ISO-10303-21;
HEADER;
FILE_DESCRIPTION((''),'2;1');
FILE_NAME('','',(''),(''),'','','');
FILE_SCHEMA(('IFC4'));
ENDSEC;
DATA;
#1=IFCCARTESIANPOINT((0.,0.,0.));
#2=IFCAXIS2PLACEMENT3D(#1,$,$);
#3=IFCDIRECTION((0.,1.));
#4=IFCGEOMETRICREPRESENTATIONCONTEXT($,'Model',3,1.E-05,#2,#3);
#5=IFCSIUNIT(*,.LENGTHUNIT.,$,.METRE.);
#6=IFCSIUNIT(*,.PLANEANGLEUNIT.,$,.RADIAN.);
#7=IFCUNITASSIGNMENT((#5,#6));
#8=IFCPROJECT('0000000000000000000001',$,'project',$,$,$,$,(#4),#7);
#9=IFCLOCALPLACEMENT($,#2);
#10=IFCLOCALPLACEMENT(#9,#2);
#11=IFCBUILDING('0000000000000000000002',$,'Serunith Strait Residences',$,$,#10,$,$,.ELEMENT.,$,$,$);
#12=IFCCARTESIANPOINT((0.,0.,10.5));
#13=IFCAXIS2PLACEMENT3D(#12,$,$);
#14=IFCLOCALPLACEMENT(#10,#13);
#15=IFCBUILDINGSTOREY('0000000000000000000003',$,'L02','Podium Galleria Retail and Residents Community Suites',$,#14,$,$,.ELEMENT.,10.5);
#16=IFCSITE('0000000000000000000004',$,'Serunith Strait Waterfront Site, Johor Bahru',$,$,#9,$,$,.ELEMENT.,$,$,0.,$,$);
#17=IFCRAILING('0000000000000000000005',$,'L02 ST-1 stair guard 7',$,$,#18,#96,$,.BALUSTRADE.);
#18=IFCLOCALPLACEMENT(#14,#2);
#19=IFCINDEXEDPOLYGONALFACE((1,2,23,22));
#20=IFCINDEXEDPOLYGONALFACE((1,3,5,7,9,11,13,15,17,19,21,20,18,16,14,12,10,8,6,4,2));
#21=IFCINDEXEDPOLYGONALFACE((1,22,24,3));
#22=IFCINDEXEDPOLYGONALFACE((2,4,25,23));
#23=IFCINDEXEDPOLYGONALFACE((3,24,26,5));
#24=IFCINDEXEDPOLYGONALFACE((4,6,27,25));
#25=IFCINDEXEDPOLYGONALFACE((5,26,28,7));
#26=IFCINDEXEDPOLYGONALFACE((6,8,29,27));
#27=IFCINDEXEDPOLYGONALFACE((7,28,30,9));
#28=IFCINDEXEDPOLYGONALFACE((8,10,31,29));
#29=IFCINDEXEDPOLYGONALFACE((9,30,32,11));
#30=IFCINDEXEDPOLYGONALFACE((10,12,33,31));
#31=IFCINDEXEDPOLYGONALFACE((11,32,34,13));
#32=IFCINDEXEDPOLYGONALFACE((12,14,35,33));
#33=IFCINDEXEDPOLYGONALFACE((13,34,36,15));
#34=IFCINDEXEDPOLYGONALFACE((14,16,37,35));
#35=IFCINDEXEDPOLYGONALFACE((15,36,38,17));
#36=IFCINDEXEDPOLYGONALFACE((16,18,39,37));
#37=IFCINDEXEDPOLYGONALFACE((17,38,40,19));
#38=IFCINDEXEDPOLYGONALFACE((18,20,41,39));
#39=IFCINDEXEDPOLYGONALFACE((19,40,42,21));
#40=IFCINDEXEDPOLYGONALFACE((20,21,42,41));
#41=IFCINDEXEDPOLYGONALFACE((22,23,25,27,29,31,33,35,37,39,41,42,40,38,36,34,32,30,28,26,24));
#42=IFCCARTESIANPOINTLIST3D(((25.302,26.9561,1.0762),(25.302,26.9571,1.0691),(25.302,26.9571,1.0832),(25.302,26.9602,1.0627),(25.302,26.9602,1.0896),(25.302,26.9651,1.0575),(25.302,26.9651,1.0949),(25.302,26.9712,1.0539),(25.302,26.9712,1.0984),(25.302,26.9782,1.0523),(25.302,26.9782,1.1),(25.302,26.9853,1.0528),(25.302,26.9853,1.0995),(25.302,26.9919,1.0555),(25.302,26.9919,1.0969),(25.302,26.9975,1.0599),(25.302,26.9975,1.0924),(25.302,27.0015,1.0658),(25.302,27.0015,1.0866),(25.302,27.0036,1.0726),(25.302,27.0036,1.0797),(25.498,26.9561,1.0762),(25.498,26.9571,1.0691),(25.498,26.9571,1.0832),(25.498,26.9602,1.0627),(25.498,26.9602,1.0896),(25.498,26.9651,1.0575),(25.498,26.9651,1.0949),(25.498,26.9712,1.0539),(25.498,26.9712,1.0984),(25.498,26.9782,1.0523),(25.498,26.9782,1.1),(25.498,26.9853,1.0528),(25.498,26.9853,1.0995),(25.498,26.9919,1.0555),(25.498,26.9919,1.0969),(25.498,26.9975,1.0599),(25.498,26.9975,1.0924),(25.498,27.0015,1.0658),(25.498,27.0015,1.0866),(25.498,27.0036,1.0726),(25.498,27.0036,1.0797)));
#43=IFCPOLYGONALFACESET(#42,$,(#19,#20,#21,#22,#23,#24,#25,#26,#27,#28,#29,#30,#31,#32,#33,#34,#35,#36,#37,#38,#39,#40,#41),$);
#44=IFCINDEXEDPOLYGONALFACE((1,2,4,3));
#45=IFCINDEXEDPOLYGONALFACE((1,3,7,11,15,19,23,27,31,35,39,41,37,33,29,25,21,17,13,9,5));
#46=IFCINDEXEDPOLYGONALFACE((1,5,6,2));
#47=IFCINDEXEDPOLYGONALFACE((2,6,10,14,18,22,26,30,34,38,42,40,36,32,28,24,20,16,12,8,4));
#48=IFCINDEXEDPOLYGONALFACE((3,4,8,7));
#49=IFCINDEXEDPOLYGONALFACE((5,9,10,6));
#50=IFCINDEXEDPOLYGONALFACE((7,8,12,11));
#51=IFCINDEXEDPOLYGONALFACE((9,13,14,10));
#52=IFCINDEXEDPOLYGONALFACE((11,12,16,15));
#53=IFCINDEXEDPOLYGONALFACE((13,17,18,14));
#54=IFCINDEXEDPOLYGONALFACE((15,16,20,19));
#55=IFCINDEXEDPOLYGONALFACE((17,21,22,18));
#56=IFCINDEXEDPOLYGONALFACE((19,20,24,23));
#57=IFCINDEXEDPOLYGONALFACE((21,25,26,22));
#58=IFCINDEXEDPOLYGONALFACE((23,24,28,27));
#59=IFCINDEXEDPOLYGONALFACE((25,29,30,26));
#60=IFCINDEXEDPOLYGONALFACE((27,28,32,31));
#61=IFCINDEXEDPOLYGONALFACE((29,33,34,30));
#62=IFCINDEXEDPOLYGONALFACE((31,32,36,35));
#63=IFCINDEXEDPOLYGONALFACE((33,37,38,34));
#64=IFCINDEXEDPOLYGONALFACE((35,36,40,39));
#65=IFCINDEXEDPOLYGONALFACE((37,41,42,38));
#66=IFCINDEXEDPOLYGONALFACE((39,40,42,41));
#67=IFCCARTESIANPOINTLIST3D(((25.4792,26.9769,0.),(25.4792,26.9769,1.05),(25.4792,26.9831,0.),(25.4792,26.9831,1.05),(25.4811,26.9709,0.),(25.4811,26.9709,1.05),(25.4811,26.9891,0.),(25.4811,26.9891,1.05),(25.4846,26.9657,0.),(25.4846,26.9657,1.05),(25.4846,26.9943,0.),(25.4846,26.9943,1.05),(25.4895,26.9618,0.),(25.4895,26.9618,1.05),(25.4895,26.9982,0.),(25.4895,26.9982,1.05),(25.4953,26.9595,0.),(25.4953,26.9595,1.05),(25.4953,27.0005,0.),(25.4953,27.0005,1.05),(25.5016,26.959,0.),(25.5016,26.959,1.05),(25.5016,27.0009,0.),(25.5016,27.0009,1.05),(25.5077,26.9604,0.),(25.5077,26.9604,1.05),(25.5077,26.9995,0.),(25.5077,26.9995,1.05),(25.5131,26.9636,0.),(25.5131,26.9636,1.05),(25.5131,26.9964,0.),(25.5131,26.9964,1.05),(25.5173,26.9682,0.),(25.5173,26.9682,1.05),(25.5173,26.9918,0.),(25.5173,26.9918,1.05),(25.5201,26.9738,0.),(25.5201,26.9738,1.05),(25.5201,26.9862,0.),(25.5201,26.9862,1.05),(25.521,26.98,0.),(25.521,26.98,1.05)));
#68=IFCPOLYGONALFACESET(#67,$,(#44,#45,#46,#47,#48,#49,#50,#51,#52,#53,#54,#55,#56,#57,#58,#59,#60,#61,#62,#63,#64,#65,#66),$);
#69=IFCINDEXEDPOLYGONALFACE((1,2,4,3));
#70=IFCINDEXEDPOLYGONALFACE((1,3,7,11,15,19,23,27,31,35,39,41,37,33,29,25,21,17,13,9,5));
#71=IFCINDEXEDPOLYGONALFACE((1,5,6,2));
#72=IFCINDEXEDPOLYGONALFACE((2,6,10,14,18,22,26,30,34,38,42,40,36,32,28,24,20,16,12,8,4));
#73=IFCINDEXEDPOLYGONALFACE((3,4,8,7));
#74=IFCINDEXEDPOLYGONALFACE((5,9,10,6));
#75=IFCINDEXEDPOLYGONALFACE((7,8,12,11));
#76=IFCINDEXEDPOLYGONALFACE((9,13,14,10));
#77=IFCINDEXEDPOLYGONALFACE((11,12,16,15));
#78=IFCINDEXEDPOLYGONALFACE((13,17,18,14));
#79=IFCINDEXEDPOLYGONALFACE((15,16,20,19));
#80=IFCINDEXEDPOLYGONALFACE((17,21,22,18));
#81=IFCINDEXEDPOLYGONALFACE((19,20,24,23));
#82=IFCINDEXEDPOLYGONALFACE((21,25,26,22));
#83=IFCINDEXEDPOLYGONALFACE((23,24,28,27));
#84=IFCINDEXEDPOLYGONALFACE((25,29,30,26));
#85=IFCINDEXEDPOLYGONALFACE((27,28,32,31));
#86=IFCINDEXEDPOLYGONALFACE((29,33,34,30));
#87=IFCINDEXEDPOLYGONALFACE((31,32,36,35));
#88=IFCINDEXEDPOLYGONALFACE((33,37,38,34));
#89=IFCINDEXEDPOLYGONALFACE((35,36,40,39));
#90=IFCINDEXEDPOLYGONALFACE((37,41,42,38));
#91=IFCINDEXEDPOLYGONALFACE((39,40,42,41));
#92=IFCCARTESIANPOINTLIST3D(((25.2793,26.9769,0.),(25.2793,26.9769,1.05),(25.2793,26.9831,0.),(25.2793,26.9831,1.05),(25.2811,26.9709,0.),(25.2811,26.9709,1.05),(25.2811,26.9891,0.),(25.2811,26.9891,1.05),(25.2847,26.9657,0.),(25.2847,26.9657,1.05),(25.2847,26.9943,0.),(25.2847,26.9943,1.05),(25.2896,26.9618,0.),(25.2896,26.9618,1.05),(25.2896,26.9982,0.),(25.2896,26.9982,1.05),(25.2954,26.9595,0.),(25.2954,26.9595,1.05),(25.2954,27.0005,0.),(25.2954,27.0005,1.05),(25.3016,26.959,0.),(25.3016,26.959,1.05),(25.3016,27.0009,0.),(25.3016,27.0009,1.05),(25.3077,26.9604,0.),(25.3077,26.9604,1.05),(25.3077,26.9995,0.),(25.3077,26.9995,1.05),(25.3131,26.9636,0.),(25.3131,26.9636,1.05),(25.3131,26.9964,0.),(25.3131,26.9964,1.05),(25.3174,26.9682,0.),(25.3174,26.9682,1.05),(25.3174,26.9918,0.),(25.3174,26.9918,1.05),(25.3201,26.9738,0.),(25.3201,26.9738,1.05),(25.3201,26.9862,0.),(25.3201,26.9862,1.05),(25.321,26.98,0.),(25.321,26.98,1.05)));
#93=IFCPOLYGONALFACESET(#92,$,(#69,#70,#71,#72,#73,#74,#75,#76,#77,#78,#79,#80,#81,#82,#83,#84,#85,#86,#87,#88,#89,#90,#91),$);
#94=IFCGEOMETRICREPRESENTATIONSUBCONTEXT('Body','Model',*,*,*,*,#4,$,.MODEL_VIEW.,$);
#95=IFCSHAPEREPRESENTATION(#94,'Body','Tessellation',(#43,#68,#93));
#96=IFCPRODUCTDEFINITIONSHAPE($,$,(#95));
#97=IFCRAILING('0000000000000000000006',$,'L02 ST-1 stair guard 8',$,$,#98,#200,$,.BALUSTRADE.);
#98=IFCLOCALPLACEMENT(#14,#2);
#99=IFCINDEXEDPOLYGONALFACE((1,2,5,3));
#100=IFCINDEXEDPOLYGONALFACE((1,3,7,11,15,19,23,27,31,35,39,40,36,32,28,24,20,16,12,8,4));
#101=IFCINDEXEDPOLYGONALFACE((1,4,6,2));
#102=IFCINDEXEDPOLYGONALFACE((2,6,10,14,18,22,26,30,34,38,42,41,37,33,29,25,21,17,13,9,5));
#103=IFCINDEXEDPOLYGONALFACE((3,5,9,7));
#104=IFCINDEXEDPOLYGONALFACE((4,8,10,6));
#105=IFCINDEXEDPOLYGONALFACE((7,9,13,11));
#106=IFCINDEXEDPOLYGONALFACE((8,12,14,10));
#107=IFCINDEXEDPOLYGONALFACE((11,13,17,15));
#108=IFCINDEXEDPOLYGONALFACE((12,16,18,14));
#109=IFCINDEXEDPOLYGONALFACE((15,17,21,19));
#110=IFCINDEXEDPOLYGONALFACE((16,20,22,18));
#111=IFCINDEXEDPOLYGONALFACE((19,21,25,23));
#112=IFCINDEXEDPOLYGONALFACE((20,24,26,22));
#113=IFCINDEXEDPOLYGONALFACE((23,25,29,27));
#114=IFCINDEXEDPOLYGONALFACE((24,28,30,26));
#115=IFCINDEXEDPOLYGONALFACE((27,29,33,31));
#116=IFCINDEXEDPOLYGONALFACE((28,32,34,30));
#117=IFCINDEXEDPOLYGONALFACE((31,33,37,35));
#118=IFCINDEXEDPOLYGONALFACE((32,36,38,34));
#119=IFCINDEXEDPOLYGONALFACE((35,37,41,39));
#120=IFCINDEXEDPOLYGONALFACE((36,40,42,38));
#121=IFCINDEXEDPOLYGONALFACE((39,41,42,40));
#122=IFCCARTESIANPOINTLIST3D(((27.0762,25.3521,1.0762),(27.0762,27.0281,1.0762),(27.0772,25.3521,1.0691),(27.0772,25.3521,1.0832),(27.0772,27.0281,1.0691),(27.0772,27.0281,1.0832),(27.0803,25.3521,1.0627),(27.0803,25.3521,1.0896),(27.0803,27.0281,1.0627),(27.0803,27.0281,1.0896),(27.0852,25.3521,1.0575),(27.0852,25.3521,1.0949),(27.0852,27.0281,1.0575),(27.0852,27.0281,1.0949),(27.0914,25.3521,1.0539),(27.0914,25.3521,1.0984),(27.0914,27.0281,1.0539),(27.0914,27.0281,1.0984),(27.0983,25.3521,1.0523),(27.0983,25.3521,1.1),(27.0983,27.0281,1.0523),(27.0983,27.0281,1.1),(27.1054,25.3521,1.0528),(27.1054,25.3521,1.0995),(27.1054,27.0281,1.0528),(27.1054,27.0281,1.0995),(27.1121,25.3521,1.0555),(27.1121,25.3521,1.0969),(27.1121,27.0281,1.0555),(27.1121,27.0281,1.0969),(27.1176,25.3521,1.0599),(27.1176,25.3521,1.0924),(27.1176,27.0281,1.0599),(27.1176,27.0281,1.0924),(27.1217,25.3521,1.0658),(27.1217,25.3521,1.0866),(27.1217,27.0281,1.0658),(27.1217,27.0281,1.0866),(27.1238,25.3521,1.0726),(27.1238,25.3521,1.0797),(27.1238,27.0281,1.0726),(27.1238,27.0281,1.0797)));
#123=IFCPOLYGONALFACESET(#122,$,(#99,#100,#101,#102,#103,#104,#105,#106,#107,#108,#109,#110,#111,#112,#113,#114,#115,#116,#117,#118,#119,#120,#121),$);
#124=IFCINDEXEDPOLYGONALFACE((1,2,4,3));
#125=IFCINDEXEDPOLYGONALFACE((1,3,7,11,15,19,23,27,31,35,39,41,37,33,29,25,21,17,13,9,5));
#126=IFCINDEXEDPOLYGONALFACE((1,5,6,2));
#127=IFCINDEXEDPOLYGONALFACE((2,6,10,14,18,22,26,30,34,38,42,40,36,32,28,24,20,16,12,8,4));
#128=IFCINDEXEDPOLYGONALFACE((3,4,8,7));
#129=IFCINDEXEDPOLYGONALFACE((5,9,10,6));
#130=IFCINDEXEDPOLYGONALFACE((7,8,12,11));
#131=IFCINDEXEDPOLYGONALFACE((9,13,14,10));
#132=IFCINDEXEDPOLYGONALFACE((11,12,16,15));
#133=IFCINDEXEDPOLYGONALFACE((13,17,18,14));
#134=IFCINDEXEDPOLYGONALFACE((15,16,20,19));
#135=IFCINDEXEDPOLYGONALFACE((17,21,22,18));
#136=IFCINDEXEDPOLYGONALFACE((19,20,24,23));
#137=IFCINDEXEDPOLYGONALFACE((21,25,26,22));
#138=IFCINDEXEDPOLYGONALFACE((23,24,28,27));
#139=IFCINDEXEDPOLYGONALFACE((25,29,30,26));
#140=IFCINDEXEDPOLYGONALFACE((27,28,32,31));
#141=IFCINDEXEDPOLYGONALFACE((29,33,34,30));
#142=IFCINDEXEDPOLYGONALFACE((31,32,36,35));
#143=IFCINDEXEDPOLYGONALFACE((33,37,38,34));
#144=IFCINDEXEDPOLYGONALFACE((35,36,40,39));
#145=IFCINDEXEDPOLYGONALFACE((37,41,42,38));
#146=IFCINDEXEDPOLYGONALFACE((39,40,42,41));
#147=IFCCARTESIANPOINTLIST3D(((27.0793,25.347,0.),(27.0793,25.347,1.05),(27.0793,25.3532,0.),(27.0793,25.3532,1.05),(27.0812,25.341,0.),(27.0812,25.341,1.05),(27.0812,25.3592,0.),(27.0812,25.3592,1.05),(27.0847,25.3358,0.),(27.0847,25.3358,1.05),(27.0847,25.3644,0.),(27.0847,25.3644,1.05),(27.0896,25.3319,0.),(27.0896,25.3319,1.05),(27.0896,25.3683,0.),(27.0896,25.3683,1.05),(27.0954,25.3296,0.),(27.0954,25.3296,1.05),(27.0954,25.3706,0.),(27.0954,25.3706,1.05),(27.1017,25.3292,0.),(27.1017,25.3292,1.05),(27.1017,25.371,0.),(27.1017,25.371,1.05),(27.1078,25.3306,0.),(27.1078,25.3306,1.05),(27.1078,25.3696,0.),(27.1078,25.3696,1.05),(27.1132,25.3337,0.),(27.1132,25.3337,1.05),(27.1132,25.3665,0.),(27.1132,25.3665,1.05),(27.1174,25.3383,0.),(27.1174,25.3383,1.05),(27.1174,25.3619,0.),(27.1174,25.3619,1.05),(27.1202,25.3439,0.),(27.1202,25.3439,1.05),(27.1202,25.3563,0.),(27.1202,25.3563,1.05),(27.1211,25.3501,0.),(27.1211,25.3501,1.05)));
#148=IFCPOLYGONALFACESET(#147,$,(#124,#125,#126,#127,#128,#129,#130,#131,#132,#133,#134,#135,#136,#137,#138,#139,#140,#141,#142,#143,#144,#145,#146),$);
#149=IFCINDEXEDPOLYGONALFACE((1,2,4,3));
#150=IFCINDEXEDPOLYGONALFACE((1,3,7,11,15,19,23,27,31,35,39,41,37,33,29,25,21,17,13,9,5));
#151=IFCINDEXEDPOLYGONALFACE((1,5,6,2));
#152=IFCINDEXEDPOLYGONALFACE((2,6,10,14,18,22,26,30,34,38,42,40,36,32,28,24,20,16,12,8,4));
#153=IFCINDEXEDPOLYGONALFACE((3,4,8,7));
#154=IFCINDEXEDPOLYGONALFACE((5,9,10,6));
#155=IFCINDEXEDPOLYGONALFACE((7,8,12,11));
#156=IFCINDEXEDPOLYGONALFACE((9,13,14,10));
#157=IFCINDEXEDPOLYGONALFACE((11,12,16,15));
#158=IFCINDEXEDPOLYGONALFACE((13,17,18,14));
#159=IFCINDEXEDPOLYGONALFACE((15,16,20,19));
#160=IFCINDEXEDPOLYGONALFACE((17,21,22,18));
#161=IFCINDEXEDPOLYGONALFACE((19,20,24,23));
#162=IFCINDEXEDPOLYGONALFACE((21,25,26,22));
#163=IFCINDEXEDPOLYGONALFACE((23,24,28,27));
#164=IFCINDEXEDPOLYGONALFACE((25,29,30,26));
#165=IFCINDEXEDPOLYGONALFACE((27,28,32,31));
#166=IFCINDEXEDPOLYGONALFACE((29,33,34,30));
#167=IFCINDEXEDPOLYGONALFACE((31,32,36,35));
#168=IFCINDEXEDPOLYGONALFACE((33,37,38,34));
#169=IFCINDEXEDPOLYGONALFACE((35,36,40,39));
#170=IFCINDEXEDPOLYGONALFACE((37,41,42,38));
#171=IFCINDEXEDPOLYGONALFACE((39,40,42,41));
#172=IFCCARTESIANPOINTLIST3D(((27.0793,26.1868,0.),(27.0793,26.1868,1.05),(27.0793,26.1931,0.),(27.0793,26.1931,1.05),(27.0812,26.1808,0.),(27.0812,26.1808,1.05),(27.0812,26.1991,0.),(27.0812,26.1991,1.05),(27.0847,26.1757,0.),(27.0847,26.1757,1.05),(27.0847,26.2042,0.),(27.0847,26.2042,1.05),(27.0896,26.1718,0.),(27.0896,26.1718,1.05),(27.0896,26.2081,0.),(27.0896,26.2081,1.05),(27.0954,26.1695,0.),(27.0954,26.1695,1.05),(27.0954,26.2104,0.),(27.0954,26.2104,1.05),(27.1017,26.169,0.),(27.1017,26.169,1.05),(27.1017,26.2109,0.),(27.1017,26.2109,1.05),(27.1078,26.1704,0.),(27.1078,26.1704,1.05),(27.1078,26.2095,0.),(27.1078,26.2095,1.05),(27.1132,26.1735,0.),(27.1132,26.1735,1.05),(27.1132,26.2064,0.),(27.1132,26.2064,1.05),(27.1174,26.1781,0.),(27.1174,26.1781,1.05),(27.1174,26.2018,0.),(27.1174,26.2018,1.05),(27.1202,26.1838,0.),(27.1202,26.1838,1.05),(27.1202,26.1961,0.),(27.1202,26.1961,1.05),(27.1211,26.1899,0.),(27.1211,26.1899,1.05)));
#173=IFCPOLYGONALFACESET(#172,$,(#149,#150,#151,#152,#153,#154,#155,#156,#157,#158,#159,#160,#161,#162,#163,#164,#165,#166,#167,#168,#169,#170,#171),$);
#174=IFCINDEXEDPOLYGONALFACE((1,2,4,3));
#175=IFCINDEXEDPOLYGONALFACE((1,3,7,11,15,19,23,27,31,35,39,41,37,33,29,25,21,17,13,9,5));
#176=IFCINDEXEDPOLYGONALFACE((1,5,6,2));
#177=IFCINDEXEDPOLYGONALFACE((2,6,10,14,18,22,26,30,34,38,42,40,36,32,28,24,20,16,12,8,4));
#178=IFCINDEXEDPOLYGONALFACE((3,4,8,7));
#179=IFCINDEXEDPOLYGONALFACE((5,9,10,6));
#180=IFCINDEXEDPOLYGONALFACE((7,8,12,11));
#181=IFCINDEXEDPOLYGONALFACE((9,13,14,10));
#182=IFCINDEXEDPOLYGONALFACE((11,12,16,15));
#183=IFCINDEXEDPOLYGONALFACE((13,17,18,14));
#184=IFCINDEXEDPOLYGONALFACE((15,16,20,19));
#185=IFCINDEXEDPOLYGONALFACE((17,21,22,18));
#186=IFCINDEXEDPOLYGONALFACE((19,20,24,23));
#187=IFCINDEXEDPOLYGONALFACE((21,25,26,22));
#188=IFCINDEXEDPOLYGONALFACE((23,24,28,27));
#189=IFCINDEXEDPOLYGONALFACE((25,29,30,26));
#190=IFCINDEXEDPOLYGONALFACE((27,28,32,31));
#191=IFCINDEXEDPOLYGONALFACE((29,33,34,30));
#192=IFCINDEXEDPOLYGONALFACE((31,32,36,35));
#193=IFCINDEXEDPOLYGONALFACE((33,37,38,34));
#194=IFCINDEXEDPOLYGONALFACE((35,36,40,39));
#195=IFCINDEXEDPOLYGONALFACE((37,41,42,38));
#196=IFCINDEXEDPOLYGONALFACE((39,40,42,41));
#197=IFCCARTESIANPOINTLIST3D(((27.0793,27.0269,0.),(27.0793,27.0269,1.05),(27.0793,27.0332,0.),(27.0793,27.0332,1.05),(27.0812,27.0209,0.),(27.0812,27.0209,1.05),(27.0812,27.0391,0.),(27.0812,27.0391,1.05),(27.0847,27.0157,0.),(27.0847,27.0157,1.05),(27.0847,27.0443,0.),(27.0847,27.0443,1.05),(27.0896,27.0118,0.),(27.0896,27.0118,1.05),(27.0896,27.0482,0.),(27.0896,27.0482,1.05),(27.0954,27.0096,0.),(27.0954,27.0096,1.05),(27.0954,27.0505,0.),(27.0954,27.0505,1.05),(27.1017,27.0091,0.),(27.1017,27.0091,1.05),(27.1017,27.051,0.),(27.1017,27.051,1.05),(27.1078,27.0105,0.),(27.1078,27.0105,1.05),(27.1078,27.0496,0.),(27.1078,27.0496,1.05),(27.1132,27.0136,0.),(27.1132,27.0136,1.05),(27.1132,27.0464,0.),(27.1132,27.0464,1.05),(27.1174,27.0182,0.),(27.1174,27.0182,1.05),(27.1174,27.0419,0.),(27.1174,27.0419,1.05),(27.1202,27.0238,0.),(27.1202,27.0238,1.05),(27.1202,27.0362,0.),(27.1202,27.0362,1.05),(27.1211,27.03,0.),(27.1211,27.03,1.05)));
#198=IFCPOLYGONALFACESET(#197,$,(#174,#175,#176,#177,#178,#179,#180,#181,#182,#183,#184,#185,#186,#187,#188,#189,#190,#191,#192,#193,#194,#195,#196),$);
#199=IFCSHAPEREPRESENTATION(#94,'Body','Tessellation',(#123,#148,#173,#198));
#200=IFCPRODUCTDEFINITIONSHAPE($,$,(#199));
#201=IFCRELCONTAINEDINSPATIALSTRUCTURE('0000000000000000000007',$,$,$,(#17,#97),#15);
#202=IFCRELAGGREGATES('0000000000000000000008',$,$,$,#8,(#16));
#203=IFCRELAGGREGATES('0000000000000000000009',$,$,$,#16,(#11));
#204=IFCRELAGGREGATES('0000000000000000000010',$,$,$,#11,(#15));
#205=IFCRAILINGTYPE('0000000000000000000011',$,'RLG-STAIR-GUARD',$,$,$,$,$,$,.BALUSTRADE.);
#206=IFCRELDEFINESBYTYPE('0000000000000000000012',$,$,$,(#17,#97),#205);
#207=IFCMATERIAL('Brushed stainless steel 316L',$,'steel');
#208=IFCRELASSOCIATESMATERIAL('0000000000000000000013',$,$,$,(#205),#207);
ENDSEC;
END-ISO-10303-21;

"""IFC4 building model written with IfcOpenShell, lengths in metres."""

from ifc_helpers import new_model, si_unit, direction, frame, origin, origin_2d, place, context, subcontext, project, spatial, circle, extrude, material, type_object, element, save


model = new_model("IFC4")

# Units and contexts
model_context = context("Model", 3, precision=1e-05, world=origin(), true_north=direction((0.0, 1.0)))
body_context = subcontext(model_context, "Body", "Model", "MODEL_VIEW")
ifc_project = project(units=[si_unit("LENGTHUNIT", "METRE"), si_unit("PLANEANGLEUNIT", "RADIAN")], contexts=[model_context])

# Site, building, storey
site_placement = place(None, origin())
site = spatial("IfcSite", under=ifc_project, at=site_placement, Name="Serunith Strait Waterfront Site, Johor Bahru", CompositionType="ELEMENT", RefElevation=0.0)
building_placement = place(site_placement, origin())
building = spatial("IfcBuilding", under=site, at=building_placement, Name="Serunith Strait Residences", CompositionType="ELEMENT")
storey_placement = place(building_placement, frame((0.0, 0.0, 10.5)))
storey = spatial("IfcBuildingStorey", under=building, at=storey_placement, Name="L02", Description="Podium Galleria Retail and Residents Community Suites", CompositionType="ELEMENT", Elevation=10.5)

# Railings
ifc_material_1 = material(Name="Brushed stainless steel 316L", Category="steel")
railing_type_1 = type_object("IfcRailingType", Name="RLG-STAIR-GUARD", PredefinedType="BALUSTRADE", material=ifc_material_1)
railing_1_placement = place(storey_placement, frame((25.5, 26.98, 0.0)))
element("IfcRailing", 1, at=railing_1_placement, inside=storey, type_object=railing_type_1, Name="L02 ST-1 stair guard 7", PredefinedType="BALUSTRADE", context=body_context, shape_type="SweptSolid", body=[
    extrude(circle(Radius=0.0239, at=origin_2d()), frame((-0.002, 0.0, 1.0762), z_axis=(-1.0, 0.0, 0.0), x_axis=(0.0, -1.0, 0.0)), (0.0, 0.0, 1.0), 0.196),
    extrude(circle(Radius=0.021, at=origin_2d()), origin(), (0.0, 0.0, 1.0), 1.05),
    extrude(circle(Radius=0.021, at=origin_2d()), frame((-0.2, 0.0, 0.0)), (0.0, 0.0, 1.0), 1.05),
])
railing_2_placement = place(storey_placement, frame((27.1001, 25.3501, 0.0)))
element("IfcRailing", 2, at=railing_2_placement, inside=storey, type_object=railing_type_1, Name="L02 ST-1 stair guard 8", PredefinedType="BALUSTRADE", context=body_context, shape_type="SweptSolid", body=[
    extrude(circle(Radius=0.0239, at=origin_2d()), frame((0.0, 0.002, 1.0762), z_axis=(0.0, 1.0, 0.0), x_axis=(-1.0, 0.0, 0.0)), (0.0, 0.0, 1.0), 1.676),
    extrude(circle(Radius=0.021, at=origin_2d()), origin(), (0.0, 0.0, 1.0), 1.05),
    extrude(circle(Radius=0.021, at=origin_2d()), frame((0.0, 0.8398, 0.0)), (0.0, 0.0, 1.0), 1.05),
    extrude(circle(Radius=0.021, at=origin_2d()), frame((0.0, 1.6799, 0.0)), (0.0, 0.0, 1.0), 1.05),
])

save(model, "model.ifc")
